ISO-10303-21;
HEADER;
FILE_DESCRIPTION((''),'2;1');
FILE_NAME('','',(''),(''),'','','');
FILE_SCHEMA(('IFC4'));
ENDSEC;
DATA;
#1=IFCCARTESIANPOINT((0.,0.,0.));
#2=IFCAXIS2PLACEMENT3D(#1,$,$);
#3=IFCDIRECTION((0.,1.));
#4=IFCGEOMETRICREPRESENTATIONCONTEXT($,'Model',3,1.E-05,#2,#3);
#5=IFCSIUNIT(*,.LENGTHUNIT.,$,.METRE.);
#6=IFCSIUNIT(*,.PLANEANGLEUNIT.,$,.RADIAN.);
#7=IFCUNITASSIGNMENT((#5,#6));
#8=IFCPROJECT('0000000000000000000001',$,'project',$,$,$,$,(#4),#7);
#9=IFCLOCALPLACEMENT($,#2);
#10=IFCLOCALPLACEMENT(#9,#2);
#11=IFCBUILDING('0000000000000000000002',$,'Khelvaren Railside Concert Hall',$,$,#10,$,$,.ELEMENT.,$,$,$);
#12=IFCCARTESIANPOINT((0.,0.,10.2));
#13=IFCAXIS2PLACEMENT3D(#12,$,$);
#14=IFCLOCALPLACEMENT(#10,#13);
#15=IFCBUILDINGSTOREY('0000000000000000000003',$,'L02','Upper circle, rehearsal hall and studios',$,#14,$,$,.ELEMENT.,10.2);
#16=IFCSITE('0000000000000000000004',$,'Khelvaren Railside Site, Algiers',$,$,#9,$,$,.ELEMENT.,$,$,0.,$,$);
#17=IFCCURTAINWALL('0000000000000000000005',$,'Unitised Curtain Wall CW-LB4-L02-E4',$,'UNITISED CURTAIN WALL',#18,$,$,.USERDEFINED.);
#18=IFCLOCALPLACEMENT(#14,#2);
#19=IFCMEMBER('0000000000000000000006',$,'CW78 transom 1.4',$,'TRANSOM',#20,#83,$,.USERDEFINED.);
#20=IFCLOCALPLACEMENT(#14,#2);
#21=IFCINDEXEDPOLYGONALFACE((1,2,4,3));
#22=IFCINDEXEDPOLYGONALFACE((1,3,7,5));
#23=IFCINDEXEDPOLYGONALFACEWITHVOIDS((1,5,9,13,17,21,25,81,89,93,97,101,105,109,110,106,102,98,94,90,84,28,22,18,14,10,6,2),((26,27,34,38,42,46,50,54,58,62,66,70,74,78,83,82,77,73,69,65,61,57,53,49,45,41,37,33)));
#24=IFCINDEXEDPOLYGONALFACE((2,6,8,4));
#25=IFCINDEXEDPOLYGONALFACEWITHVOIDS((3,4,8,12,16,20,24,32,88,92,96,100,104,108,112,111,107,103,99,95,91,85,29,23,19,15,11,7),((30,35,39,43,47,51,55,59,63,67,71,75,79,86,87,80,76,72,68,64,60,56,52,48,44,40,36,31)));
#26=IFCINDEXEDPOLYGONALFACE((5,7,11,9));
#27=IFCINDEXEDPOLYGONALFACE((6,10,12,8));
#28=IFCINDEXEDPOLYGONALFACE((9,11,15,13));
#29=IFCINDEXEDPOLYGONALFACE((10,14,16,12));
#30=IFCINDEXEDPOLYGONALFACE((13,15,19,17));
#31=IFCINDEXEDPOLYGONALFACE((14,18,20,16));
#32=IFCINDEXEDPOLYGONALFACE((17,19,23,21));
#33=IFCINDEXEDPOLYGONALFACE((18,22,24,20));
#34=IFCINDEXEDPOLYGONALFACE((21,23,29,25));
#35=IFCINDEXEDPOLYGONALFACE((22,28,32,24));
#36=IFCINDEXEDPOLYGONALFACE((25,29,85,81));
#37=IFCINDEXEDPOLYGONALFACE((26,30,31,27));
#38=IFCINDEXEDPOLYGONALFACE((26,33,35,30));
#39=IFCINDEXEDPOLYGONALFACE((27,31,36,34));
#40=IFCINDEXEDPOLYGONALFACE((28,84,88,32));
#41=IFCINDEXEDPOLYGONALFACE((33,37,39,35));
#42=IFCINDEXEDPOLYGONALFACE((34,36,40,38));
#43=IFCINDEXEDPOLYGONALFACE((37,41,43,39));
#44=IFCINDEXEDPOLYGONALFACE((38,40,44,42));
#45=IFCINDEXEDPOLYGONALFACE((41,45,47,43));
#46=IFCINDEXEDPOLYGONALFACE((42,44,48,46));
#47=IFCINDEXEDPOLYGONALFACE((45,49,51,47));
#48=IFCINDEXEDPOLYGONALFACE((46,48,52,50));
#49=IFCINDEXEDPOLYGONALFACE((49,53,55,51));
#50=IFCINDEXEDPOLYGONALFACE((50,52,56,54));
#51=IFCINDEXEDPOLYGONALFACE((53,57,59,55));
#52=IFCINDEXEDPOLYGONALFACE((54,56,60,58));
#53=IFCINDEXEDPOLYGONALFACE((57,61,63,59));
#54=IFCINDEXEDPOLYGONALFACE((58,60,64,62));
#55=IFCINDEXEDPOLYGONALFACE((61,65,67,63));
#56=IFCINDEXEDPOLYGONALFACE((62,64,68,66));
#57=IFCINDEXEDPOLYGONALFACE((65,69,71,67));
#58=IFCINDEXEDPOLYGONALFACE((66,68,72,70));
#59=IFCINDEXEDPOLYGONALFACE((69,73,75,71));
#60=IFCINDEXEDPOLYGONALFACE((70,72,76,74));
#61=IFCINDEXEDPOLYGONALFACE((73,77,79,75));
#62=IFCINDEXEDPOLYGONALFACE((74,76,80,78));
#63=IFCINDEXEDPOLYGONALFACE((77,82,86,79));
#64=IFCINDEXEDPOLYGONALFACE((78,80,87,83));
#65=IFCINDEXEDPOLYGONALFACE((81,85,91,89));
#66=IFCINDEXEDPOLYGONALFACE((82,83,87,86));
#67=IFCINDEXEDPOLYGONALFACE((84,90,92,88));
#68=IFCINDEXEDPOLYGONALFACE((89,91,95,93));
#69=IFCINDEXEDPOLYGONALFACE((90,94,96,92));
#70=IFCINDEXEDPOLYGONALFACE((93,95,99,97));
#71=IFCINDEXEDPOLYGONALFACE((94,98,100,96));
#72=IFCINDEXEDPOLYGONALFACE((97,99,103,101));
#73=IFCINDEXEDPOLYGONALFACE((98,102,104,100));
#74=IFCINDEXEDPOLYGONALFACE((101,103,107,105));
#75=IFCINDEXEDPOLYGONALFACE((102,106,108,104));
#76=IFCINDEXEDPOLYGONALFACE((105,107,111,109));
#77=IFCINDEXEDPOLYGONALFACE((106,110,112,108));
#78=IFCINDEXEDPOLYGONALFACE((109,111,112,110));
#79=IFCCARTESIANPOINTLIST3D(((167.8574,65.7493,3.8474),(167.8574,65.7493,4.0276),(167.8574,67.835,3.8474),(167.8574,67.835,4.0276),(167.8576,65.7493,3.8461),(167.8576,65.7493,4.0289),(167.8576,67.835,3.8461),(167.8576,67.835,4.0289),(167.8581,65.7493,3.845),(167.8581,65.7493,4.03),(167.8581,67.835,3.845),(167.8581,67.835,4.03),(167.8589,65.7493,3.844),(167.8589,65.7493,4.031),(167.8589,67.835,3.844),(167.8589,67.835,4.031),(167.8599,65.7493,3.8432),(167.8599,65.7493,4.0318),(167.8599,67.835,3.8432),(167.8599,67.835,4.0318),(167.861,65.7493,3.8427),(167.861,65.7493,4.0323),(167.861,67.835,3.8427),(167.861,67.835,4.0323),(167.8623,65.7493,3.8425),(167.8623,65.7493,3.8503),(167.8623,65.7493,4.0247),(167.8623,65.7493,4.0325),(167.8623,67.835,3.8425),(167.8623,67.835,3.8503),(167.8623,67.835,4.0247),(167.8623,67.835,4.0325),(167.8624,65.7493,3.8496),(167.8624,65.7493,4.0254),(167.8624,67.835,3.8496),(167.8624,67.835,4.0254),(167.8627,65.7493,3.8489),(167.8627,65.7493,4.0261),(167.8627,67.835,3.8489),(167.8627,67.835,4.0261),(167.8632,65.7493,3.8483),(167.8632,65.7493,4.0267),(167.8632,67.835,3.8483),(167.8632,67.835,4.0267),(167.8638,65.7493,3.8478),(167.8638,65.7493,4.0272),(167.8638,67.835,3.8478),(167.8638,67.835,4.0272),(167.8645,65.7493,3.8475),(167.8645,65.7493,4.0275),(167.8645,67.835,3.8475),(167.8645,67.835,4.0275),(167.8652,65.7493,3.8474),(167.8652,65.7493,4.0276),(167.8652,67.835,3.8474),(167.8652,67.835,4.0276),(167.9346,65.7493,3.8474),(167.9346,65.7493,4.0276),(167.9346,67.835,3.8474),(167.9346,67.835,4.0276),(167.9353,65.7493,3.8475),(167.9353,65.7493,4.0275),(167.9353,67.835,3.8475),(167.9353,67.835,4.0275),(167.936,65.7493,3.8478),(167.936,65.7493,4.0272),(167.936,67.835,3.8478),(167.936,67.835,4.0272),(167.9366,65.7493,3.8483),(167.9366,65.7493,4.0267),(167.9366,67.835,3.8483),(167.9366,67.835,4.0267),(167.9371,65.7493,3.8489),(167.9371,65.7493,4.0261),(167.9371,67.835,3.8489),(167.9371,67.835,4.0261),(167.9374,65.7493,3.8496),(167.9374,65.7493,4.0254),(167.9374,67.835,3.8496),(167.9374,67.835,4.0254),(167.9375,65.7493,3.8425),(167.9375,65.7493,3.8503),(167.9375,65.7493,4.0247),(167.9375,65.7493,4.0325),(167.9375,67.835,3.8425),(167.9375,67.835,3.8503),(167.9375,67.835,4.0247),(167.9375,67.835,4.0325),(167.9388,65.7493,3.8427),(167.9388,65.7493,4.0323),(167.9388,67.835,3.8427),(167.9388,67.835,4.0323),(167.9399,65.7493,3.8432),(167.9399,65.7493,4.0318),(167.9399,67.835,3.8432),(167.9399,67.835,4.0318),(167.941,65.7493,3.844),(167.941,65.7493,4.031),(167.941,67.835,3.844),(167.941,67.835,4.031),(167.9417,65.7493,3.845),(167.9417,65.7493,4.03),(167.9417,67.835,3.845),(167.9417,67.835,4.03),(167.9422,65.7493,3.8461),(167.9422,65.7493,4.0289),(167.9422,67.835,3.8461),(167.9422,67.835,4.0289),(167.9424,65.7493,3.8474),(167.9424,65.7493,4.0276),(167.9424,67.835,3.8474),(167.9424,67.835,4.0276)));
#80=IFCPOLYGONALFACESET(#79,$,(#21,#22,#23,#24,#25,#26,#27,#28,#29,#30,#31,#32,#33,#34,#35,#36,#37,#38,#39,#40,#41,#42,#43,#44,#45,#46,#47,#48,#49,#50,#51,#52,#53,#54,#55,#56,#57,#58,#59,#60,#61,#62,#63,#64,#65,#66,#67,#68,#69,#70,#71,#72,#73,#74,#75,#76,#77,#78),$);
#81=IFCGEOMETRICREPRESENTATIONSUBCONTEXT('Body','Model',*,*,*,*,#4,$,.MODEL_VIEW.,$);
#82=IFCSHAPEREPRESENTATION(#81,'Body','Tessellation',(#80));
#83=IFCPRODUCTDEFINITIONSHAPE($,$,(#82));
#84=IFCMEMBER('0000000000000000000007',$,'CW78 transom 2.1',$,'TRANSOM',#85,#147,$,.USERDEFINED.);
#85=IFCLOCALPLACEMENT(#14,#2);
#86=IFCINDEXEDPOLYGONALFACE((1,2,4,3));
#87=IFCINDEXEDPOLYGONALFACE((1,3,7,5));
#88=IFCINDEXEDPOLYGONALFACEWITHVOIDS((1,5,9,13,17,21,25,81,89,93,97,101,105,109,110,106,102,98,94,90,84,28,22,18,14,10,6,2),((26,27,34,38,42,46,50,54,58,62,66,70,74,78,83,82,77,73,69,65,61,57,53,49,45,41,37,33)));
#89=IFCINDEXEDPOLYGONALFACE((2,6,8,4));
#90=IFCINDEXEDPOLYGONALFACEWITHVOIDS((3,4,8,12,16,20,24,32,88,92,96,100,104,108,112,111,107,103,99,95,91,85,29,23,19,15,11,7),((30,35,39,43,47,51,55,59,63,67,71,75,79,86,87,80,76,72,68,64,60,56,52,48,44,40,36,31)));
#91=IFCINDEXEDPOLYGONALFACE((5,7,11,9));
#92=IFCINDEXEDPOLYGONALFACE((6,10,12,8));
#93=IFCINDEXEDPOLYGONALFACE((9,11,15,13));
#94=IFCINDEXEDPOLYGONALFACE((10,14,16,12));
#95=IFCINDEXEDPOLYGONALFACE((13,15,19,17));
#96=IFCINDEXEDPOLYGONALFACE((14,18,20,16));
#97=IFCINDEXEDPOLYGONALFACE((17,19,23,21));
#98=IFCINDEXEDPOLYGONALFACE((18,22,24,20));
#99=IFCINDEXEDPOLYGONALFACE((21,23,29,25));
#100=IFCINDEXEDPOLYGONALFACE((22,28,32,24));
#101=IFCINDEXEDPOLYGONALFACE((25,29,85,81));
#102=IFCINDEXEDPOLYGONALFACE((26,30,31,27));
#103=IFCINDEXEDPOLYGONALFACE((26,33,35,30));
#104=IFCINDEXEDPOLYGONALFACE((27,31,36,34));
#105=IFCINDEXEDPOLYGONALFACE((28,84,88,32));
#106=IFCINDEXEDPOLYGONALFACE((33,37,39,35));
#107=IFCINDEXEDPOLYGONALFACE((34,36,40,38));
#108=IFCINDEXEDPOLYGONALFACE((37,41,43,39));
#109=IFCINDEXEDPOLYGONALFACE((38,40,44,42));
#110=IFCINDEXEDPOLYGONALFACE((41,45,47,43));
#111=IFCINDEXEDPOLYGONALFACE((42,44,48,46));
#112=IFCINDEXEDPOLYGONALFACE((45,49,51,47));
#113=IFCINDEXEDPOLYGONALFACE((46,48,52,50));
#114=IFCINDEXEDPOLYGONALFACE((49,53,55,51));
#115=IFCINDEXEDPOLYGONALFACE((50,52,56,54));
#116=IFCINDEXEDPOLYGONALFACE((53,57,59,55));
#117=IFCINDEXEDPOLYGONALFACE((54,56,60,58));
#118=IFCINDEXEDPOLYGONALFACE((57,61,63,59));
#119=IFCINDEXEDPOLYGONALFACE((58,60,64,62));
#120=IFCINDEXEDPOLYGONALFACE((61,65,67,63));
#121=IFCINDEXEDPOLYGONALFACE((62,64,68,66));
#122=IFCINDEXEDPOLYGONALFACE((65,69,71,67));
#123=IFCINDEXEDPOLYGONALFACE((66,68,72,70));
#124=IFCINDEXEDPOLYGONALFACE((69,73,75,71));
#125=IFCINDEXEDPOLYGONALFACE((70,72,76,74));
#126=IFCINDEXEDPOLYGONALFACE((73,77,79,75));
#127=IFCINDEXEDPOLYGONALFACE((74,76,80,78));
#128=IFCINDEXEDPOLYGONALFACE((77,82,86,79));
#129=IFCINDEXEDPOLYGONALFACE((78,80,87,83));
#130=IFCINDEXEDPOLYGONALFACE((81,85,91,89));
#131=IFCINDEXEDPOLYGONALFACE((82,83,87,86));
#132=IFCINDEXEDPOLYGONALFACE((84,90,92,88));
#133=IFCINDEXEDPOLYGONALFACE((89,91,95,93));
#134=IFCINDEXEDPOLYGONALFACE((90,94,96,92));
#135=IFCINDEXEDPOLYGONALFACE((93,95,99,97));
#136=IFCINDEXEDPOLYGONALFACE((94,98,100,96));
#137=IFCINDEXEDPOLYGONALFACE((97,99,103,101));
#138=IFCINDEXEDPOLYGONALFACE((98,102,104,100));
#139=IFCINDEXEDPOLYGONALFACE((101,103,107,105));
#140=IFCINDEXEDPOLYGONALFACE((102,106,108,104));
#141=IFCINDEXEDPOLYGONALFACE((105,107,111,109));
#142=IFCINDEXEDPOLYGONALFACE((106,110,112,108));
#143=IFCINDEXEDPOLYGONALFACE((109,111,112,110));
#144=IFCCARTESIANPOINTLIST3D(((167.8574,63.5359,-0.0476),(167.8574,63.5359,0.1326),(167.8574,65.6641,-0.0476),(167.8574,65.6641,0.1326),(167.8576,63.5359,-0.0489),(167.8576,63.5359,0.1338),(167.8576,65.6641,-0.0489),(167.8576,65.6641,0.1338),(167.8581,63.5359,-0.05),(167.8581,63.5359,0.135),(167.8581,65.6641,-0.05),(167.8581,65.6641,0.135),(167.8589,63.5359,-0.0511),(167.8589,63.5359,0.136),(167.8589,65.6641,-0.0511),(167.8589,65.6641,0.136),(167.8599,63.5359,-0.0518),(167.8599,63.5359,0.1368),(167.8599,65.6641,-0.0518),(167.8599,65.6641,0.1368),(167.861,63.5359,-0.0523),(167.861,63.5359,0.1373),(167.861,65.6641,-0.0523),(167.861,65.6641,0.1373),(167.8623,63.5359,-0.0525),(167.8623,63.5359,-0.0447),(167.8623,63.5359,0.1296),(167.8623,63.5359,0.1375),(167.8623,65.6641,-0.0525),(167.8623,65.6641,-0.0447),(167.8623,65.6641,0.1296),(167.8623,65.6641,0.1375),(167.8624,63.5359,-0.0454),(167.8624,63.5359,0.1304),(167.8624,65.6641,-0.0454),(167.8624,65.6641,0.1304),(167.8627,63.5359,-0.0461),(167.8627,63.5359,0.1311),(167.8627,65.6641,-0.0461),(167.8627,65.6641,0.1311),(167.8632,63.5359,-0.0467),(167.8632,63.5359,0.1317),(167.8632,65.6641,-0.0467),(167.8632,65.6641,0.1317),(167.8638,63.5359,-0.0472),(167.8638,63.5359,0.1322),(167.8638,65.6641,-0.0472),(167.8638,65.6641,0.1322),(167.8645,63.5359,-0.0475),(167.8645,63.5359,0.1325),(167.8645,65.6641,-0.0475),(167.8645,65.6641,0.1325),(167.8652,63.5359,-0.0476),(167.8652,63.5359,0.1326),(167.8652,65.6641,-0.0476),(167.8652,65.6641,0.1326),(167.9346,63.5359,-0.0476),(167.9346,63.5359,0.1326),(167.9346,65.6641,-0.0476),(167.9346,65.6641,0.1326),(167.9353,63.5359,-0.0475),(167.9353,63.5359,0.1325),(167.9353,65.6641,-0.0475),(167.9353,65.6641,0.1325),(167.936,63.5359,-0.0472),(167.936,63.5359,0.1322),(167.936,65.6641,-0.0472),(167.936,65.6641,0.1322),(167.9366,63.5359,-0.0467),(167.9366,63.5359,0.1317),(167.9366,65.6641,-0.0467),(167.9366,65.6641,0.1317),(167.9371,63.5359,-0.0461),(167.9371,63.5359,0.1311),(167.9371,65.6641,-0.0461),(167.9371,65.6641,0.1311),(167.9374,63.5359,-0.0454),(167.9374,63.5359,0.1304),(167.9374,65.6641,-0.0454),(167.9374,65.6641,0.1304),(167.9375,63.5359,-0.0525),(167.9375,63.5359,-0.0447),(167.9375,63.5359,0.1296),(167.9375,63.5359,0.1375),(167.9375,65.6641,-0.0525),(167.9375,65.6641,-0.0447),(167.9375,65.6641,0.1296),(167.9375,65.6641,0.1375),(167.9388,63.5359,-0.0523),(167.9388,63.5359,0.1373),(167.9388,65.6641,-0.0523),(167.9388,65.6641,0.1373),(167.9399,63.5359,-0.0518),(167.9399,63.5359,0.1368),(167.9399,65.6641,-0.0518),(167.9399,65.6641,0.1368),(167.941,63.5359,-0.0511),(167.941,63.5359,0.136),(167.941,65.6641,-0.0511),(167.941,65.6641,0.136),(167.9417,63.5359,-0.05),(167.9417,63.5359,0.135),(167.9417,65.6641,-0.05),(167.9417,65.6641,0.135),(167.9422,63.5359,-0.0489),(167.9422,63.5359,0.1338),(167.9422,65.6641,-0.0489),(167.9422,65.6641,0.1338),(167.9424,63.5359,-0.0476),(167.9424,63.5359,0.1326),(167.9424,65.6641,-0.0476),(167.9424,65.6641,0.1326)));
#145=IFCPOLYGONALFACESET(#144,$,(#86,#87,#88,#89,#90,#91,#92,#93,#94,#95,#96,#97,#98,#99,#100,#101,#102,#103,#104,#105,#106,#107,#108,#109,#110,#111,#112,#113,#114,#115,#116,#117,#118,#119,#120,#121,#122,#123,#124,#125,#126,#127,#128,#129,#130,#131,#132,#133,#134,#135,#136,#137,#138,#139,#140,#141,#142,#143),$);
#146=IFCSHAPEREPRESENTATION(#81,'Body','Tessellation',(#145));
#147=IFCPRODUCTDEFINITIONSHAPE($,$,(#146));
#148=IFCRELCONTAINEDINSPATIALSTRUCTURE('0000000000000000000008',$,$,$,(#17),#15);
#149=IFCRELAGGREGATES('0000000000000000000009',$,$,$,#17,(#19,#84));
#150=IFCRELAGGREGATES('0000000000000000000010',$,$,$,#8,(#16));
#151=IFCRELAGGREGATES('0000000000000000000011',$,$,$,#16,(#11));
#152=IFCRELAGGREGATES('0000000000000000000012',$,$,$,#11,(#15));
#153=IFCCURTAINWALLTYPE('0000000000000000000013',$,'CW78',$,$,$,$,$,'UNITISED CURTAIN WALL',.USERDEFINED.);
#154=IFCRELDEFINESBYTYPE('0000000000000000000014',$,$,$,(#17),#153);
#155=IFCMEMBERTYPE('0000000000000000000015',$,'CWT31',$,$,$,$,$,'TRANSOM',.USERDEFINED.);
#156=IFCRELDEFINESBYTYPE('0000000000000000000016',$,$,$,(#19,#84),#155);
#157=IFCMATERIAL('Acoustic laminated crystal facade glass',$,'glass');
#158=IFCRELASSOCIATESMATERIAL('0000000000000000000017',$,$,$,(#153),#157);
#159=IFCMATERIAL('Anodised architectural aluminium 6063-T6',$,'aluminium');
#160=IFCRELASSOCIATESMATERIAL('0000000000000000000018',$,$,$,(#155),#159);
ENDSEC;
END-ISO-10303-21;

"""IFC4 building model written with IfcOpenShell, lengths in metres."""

from ifc_helpers import new_model, si_unit, direction, frame, origin, origin_2d, place, context, subcontext, project, spatial, hollow_rectangle, extrude, material, material_profile, profile_set, type_object, element, aggregate, save


model = new_model("IFC4")

# Units and contexts
model_context = context("Model", 3, precision=1e-05, world=origin(), true_north=direction((0.0, 1.0)))
body_context = subcontext(model_context, "Body", "Model", "MODEL_VIEW")
ifc_project = project(units=[si_unit("LENGTHUNIT", "METRE"), si_unit("PLANEANGLEUNIT", "RADIAN")], contexts=[model_context])

# Site, building, storey
site_placement = place(None, origin())
site = spatial("IfcSite", under=ifc_project, at=site_placement, Name="Khelvaren Railside Site, Algiers", CompositionType="ELEMENT", RefElevation=0.0)
building_placement = place(site_placement, origin())
building = spatial("IfcBuilding", under=site, at=building_placement, Name="Khelvaren Railside Concert Hall", CompositionType="ELEMENT")
storey_placement = place(building_placement, frame((0.0, 0.0, 10.2)))
storey = spatial("IfcBuildingStorey", under=building, at=storey_placement, Name="L02", Description="Upper circle, rehearsal hall and studios", CompositionType="ELEMENT", Elevation=10.2)

# Curtain wall
ifc_material_1 = material(Name="Acoustic laminated crystal facade glass", Category="glass")
curtain_wall_type = type_object("IfcCurtainWallType", Name="CW78", ElementType="UNITISED CURTAIN WALL", PredefinedType="USERDEFINED", material=ifc_material_1)
curtain_wall_1_placement = place(storey_placement, origin())
curtain_wall_1 = element("IfcCurtainWall", 1, at=curtain_wall_1_placement, inside=storey, type_object=curtain_wall_type, Name="Unitised Curtain Wall CW-LB4-L02-E4", ObjectType="UNITISED CURTAIN WALL", PredefinedType="USERDEFINED")
ifc_material_2 = material(Name="Anodised architectural aluminium 6063-T6", Category="aluminium")

# Members
ifc_material_profile_1 = material_profile(ifc_material_2, hollow_rectangle(XDim=0.085, YDim=0.1899, WallThickness=0.0049, InnerFilletRadius=0.0029, OuterFilletRadius=0.0049, at=origin_2d()), Name="CWT 85x190x5")
ifc_profile_set_1 = profile_set([ifc_material_profile_1], Name="Anodised architectural aluminium 6063-T6")
member_type_1 = type_object("IfcMemberType", Name="CWT31", ElementType="TRANSOM", PredefinedType="USERDEFINED", material=ifc_profile_set_1)
member_1_placement = place(storey_placement, frame((167.8999, 67.835, 3.9375), z_axis=(0.0, -1.0, 0.0), x_axis=(1.0, 0.0, 0.0)))
member_1 = element("IfcMember", 2, at=member_1_placement, type_object=member_type_1, Name="CW78 transom 1.4", ObjectType="TRANSOM", PredefinedType="USERDEFINED", context=body_context, shape_type="SweptSolid", body=[
    extrude(hollow_rectangle(XDim=0.085, YDim=0.1899, WallThickness=0.0049, InnerFilletRadius=0.0029, OuterFilletRadius=0.0049, at=origin_2d()), origin(), (0.0, 0.0, 1.0), 2.0857),
])
member_2_placement = place(storey_placement, frame((167.8999, 65.6641, 0.0425), z_axis=(0.0, -1.0, 0.0), x_axis=(1.0, 0.0, 0.0)))
member_2 = element("IfcMember", 3, at=member_2_placement, type_object=member_type_1, Name="CW78 transom 2.1", ObjectType="TRANSOM", PredefinedType="USERDEFINED", context=body_context, shape_type="SweptSolid", body=[
    extrude(hollow_rectangle(XDim=0.085, YDim=0.1899, WallThickness=0.0049, InnerFilletRadius=0.0029, OuterFilletRadius=0.0049, at=origin_2d()), origin(), (0.0, 0.0, 1.0), 2.1282),
])

aggregate(curtain_wall_1, [member_1, member_2])

save(model, "model.ifc")
